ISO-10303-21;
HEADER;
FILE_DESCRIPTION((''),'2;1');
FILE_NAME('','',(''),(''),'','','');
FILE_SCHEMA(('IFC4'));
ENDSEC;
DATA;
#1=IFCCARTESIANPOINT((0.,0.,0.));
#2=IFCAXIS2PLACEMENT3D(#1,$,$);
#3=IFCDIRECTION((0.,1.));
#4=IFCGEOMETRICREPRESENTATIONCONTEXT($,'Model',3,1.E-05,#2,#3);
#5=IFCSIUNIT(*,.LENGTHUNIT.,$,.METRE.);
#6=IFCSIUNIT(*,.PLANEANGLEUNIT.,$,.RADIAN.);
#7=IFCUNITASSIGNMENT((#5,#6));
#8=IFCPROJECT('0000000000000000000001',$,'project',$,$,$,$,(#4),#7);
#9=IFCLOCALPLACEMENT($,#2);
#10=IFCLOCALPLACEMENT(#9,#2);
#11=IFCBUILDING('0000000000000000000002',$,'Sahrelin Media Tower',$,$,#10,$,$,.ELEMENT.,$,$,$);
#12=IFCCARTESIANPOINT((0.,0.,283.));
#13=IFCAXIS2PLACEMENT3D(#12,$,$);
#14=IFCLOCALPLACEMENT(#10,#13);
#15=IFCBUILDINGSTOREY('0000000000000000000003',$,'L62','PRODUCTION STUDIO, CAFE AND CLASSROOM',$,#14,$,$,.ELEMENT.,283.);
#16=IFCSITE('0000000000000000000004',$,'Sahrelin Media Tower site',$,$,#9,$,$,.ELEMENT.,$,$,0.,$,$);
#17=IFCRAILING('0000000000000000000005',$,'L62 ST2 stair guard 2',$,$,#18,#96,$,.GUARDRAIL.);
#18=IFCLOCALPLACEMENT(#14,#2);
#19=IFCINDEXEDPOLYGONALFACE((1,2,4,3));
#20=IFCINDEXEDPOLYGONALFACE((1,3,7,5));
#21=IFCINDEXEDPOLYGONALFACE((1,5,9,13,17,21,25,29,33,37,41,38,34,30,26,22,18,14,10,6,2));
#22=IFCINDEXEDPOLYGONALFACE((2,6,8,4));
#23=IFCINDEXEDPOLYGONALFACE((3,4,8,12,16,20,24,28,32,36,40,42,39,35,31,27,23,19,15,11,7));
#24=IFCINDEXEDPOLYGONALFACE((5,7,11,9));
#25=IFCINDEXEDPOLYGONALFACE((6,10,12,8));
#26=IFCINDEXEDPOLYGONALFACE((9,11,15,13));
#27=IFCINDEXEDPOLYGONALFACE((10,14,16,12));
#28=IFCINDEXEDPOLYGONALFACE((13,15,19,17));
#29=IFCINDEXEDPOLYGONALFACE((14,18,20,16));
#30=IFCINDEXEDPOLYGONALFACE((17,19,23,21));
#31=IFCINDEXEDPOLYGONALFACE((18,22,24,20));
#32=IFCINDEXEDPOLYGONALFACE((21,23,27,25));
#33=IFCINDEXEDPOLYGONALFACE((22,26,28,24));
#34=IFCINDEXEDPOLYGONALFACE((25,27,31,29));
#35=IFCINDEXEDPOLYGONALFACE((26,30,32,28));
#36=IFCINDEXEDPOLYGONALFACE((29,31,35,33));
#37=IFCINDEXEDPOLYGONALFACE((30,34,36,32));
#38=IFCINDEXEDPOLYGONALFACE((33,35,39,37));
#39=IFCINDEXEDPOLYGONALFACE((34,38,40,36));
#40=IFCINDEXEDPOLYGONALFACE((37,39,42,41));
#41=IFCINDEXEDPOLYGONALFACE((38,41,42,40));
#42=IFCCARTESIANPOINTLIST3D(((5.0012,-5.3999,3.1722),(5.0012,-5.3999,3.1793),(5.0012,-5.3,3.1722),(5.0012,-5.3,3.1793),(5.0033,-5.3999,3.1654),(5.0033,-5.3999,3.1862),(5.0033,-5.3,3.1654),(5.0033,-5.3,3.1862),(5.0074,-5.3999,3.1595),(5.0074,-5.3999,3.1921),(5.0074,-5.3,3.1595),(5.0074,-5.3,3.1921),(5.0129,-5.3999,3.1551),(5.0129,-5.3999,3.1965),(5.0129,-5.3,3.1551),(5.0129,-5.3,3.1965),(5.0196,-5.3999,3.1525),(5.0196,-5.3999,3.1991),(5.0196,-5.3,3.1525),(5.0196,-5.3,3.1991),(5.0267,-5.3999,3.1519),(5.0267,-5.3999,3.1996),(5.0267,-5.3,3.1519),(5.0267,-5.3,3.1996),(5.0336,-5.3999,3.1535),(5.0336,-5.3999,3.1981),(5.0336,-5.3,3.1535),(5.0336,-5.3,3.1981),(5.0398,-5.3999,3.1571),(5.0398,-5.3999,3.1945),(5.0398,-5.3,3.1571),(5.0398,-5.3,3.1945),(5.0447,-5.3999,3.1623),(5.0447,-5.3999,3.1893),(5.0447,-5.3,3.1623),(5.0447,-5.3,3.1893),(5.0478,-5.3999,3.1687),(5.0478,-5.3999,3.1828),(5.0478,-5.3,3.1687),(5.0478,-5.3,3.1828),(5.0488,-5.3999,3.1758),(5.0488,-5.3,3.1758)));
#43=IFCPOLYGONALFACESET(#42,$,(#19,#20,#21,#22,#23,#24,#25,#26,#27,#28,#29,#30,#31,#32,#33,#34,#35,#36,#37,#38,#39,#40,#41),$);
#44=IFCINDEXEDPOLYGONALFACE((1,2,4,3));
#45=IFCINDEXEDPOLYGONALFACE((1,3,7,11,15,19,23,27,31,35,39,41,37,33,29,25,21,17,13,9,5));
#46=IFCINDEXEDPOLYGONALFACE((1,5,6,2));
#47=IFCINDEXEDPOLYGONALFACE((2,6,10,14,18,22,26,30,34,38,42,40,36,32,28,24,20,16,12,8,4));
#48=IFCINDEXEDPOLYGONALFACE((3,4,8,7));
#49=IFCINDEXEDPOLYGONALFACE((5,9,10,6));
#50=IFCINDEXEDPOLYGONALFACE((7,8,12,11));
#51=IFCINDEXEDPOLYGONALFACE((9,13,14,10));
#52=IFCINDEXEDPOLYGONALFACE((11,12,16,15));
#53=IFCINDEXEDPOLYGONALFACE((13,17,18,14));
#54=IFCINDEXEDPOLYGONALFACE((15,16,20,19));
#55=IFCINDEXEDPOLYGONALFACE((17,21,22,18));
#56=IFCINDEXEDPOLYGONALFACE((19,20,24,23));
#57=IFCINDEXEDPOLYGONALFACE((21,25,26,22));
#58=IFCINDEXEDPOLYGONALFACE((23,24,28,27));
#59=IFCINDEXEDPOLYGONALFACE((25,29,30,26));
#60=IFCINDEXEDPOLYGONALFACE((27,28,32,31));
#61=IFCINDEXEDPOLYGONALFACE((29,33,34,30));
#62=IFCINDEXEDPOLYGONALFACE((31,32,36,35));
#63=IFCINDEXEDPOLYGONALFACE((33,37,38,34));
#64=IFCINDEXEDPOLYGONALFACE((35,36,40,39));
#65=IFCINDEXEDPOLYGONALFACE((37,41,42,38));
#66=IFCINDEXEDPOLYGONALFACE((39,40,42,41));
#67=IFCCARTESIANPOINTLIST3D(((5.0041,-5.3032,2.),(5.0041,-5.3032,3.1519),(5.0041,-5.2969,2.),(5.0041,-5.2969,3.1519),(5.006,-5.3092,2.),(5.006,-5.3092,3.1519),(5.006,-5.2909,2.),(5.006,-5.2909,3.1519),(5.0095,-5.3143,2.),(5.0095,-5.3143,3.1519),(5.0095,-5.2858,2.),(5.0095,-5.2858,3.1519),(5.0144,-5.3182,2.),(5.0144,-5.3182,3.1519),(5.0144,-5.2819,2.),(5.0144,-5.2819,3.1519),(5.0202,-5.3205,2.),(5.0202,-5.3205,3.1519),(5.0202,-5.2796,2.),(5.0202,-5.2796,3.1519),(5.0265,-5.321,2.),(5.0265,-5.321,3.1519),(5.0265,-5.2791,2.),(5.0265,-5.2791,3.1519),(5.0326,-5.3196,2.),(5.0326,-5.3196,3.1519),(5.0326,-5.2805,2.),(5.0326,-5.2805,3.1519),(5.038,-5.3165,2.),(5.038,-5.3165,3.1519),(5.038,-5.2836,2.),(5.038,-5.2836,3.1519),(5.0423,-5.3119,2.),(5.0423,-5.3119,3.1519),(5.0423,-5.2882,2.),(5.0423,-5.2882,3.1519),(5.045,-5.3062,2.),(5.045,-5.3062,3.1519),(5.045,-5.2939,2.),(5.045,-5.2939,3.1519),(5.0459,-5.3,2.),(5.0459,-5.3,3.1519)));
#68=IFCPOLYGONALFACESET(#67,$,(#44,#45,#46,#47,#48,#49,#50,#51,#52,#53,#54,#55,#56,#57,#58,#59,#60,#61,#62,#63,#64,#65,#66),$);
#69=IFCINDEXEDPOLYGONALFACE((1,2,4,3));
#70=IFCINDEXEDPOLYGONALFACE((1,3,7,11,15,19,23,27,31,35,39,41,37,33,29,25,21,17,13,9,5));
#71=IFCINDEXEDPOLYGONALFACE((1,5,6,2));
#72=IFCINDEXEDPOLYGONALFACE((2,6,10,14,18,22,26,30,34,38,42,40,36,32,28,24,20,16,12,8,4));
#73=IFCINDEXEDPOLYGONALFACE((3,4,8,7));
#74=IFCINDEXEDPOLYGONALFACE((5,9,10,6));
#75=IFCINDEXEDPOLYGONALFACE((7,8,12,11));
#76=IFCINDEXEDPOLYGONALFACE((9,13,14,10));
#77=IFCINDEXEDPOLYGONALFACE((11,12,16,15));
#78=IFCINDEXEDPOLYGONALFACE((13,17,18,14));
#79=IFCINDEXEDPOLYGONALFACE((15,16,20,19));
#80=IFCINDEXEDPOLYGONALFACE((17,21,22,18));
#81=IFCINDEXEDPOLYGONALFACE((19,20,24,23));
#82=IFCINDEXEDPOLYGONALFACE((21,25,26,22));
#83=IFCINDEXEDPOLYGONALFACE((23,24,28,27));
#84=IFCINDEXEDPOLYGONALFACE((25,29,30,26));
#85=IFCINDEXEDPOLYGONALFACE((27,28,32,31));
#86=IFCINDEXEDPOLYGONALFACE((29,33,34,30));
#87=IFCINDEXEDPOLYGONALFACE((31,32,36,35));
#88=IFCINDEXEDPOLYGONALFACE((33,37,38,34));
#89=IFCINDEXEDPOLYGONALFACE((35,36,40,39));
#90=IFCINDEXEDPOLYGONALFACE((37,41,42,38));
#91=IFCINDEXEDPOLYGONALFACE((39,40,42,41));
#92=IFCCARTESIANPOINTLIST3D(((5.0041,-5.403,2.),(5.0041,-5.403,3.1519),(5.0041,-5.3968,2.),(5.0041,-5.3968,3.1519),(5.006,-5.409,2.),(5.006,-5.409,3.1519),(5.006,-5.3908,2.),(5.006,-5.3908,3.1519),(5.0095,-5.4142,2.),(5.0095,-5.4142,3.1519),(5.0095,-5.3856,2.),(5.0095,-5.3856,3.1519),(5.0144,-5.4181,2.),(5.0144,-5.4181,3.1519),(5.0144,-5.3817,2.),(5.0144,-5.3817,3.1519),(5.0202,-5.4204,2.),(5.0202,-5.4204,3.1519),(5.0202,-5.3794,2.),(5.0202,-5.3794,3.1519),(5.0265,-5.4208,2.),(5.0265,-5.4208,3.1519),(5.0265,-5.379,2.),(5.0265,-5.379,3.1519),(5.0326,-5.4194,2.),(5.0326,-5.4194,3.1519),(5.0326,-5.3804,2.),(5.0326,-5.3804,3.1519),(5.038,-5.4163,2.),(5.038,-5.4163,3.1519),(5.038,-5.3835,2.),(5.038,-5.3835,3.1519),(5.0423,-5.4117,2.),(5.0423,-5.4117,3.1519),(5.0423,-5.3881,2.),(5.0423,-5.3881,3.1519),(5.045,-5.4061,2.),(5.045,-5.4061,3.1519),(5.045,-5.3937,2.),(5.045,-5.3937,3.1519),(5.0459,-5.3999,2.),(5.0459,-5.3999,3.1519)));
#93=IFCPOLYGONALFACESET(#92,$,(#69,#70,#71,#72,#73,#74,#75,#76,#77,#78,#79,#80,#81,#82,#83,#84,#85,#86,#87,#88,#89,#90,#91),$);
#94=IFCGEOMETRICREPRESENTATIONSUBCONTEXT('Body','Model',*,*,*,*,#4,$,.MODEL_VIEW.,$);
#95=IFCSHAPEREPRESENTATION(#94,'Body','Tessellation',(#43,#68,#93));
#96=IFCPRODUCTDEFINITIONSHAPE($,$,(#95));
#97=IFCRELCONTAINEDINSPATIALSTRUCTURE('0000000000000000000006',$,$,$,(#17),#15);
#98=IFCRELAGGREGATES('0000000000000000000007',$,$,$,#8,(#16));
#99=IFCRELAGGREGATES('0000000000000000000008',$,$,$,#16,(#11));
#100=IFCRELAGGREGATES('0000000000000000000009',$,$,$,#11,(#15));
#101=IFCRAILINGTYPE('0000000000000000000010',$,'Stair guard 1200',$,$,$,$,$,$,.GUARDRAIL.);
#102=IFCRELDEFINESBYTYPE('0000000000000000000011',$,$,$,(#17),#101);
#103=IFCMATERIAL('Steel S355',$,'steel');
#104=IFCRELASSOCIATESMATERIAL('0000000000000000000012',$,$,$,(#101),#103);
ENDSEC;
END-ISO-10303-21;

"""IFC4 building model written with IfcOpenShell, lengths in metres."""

from ifc_helpers import new_model, si_unit, direction, frame, origin, origin_2d, place, context, subcontext, project, spatial, circle, extrude, material, type_object, element, save


model = new_model("IFC4")

# Units and contexts
model_context = context("Model", 3, precision=1e-05, world=origin(), true_north=direction((0.0, 1.0)))
body_context = subcontext(model_context, "Body", "Model", "MODEL_VIEW")
ifc_project = project(units=[si_unit("LENGTHUNIT", "METRE"), si_unit("PLANEANGLEUNIT", "RADIAN")], contexts=[model_context])

# Site, building, storey
site_placement = place(None, origin())
site = spatial("IfcSite", under=ifc_project, at=site_placement, Name="Sahrelin Media Tower site", CompositionType="ELEMENT", RefElevation=0.0)
building_placement = place(site_placement, origin())
building = spatial("IfcBuilding", under=site, at=building_placement, Name="Sahrelin Media Tower", CompositionType="ELEMENT")
storey_placement = place(building_placement, frame((0.0, 0.0, 283.0)))
storey = spatial("IfcBuildingStorey", under=building, at=storey_placement, Name="L62", Description="PRODUCTION STUDIO, CAFE AND CLASSROOM", CompositionType="ELEMENT", Elevation=283.0)

# Shared definitions
ifc_material_1 = material(Name="Steel S355", Category="steel")

# Railing
railing_type_1 = type_object("IfcRailingType", Name="Stair guard 1200", PredefinedType="GUARDRAIL", material=ifc_material_1)
railing_1_placement = place(storey_placement, frame((5.0249, -5.3, 2.0)))
element("IfcRailing", 1, at=railing_1_placement, inside=storey, type_object=railing_type_1, Name="L62 ST2 stair guard 2", PredefinedType="GUARDRAIL", context=body_context, shape_type="SweptSolid", body=[
    extrude(circle(Radius=0.0239, at=origin_2d()), frame((0.0, 0.0, 1.1758), z_axis=(0.0, -1.0, 0.0), x_axis=(1.0, 0.0, 0.0)), (0.0, 0.0, 1.0), 0.0999),
    extrude(circle(Radius=0.021, at=origin_2d()), origin(), (0.0, 0.0, 1.0), 1.1519),
    extrude(circle(Radius=0.021, at=origin_2d()), frame((0.0, -0.0999, 0.0)), (0.0, 0.0, 1.0), 1.1519),
])

save(model, "model.ifc")
